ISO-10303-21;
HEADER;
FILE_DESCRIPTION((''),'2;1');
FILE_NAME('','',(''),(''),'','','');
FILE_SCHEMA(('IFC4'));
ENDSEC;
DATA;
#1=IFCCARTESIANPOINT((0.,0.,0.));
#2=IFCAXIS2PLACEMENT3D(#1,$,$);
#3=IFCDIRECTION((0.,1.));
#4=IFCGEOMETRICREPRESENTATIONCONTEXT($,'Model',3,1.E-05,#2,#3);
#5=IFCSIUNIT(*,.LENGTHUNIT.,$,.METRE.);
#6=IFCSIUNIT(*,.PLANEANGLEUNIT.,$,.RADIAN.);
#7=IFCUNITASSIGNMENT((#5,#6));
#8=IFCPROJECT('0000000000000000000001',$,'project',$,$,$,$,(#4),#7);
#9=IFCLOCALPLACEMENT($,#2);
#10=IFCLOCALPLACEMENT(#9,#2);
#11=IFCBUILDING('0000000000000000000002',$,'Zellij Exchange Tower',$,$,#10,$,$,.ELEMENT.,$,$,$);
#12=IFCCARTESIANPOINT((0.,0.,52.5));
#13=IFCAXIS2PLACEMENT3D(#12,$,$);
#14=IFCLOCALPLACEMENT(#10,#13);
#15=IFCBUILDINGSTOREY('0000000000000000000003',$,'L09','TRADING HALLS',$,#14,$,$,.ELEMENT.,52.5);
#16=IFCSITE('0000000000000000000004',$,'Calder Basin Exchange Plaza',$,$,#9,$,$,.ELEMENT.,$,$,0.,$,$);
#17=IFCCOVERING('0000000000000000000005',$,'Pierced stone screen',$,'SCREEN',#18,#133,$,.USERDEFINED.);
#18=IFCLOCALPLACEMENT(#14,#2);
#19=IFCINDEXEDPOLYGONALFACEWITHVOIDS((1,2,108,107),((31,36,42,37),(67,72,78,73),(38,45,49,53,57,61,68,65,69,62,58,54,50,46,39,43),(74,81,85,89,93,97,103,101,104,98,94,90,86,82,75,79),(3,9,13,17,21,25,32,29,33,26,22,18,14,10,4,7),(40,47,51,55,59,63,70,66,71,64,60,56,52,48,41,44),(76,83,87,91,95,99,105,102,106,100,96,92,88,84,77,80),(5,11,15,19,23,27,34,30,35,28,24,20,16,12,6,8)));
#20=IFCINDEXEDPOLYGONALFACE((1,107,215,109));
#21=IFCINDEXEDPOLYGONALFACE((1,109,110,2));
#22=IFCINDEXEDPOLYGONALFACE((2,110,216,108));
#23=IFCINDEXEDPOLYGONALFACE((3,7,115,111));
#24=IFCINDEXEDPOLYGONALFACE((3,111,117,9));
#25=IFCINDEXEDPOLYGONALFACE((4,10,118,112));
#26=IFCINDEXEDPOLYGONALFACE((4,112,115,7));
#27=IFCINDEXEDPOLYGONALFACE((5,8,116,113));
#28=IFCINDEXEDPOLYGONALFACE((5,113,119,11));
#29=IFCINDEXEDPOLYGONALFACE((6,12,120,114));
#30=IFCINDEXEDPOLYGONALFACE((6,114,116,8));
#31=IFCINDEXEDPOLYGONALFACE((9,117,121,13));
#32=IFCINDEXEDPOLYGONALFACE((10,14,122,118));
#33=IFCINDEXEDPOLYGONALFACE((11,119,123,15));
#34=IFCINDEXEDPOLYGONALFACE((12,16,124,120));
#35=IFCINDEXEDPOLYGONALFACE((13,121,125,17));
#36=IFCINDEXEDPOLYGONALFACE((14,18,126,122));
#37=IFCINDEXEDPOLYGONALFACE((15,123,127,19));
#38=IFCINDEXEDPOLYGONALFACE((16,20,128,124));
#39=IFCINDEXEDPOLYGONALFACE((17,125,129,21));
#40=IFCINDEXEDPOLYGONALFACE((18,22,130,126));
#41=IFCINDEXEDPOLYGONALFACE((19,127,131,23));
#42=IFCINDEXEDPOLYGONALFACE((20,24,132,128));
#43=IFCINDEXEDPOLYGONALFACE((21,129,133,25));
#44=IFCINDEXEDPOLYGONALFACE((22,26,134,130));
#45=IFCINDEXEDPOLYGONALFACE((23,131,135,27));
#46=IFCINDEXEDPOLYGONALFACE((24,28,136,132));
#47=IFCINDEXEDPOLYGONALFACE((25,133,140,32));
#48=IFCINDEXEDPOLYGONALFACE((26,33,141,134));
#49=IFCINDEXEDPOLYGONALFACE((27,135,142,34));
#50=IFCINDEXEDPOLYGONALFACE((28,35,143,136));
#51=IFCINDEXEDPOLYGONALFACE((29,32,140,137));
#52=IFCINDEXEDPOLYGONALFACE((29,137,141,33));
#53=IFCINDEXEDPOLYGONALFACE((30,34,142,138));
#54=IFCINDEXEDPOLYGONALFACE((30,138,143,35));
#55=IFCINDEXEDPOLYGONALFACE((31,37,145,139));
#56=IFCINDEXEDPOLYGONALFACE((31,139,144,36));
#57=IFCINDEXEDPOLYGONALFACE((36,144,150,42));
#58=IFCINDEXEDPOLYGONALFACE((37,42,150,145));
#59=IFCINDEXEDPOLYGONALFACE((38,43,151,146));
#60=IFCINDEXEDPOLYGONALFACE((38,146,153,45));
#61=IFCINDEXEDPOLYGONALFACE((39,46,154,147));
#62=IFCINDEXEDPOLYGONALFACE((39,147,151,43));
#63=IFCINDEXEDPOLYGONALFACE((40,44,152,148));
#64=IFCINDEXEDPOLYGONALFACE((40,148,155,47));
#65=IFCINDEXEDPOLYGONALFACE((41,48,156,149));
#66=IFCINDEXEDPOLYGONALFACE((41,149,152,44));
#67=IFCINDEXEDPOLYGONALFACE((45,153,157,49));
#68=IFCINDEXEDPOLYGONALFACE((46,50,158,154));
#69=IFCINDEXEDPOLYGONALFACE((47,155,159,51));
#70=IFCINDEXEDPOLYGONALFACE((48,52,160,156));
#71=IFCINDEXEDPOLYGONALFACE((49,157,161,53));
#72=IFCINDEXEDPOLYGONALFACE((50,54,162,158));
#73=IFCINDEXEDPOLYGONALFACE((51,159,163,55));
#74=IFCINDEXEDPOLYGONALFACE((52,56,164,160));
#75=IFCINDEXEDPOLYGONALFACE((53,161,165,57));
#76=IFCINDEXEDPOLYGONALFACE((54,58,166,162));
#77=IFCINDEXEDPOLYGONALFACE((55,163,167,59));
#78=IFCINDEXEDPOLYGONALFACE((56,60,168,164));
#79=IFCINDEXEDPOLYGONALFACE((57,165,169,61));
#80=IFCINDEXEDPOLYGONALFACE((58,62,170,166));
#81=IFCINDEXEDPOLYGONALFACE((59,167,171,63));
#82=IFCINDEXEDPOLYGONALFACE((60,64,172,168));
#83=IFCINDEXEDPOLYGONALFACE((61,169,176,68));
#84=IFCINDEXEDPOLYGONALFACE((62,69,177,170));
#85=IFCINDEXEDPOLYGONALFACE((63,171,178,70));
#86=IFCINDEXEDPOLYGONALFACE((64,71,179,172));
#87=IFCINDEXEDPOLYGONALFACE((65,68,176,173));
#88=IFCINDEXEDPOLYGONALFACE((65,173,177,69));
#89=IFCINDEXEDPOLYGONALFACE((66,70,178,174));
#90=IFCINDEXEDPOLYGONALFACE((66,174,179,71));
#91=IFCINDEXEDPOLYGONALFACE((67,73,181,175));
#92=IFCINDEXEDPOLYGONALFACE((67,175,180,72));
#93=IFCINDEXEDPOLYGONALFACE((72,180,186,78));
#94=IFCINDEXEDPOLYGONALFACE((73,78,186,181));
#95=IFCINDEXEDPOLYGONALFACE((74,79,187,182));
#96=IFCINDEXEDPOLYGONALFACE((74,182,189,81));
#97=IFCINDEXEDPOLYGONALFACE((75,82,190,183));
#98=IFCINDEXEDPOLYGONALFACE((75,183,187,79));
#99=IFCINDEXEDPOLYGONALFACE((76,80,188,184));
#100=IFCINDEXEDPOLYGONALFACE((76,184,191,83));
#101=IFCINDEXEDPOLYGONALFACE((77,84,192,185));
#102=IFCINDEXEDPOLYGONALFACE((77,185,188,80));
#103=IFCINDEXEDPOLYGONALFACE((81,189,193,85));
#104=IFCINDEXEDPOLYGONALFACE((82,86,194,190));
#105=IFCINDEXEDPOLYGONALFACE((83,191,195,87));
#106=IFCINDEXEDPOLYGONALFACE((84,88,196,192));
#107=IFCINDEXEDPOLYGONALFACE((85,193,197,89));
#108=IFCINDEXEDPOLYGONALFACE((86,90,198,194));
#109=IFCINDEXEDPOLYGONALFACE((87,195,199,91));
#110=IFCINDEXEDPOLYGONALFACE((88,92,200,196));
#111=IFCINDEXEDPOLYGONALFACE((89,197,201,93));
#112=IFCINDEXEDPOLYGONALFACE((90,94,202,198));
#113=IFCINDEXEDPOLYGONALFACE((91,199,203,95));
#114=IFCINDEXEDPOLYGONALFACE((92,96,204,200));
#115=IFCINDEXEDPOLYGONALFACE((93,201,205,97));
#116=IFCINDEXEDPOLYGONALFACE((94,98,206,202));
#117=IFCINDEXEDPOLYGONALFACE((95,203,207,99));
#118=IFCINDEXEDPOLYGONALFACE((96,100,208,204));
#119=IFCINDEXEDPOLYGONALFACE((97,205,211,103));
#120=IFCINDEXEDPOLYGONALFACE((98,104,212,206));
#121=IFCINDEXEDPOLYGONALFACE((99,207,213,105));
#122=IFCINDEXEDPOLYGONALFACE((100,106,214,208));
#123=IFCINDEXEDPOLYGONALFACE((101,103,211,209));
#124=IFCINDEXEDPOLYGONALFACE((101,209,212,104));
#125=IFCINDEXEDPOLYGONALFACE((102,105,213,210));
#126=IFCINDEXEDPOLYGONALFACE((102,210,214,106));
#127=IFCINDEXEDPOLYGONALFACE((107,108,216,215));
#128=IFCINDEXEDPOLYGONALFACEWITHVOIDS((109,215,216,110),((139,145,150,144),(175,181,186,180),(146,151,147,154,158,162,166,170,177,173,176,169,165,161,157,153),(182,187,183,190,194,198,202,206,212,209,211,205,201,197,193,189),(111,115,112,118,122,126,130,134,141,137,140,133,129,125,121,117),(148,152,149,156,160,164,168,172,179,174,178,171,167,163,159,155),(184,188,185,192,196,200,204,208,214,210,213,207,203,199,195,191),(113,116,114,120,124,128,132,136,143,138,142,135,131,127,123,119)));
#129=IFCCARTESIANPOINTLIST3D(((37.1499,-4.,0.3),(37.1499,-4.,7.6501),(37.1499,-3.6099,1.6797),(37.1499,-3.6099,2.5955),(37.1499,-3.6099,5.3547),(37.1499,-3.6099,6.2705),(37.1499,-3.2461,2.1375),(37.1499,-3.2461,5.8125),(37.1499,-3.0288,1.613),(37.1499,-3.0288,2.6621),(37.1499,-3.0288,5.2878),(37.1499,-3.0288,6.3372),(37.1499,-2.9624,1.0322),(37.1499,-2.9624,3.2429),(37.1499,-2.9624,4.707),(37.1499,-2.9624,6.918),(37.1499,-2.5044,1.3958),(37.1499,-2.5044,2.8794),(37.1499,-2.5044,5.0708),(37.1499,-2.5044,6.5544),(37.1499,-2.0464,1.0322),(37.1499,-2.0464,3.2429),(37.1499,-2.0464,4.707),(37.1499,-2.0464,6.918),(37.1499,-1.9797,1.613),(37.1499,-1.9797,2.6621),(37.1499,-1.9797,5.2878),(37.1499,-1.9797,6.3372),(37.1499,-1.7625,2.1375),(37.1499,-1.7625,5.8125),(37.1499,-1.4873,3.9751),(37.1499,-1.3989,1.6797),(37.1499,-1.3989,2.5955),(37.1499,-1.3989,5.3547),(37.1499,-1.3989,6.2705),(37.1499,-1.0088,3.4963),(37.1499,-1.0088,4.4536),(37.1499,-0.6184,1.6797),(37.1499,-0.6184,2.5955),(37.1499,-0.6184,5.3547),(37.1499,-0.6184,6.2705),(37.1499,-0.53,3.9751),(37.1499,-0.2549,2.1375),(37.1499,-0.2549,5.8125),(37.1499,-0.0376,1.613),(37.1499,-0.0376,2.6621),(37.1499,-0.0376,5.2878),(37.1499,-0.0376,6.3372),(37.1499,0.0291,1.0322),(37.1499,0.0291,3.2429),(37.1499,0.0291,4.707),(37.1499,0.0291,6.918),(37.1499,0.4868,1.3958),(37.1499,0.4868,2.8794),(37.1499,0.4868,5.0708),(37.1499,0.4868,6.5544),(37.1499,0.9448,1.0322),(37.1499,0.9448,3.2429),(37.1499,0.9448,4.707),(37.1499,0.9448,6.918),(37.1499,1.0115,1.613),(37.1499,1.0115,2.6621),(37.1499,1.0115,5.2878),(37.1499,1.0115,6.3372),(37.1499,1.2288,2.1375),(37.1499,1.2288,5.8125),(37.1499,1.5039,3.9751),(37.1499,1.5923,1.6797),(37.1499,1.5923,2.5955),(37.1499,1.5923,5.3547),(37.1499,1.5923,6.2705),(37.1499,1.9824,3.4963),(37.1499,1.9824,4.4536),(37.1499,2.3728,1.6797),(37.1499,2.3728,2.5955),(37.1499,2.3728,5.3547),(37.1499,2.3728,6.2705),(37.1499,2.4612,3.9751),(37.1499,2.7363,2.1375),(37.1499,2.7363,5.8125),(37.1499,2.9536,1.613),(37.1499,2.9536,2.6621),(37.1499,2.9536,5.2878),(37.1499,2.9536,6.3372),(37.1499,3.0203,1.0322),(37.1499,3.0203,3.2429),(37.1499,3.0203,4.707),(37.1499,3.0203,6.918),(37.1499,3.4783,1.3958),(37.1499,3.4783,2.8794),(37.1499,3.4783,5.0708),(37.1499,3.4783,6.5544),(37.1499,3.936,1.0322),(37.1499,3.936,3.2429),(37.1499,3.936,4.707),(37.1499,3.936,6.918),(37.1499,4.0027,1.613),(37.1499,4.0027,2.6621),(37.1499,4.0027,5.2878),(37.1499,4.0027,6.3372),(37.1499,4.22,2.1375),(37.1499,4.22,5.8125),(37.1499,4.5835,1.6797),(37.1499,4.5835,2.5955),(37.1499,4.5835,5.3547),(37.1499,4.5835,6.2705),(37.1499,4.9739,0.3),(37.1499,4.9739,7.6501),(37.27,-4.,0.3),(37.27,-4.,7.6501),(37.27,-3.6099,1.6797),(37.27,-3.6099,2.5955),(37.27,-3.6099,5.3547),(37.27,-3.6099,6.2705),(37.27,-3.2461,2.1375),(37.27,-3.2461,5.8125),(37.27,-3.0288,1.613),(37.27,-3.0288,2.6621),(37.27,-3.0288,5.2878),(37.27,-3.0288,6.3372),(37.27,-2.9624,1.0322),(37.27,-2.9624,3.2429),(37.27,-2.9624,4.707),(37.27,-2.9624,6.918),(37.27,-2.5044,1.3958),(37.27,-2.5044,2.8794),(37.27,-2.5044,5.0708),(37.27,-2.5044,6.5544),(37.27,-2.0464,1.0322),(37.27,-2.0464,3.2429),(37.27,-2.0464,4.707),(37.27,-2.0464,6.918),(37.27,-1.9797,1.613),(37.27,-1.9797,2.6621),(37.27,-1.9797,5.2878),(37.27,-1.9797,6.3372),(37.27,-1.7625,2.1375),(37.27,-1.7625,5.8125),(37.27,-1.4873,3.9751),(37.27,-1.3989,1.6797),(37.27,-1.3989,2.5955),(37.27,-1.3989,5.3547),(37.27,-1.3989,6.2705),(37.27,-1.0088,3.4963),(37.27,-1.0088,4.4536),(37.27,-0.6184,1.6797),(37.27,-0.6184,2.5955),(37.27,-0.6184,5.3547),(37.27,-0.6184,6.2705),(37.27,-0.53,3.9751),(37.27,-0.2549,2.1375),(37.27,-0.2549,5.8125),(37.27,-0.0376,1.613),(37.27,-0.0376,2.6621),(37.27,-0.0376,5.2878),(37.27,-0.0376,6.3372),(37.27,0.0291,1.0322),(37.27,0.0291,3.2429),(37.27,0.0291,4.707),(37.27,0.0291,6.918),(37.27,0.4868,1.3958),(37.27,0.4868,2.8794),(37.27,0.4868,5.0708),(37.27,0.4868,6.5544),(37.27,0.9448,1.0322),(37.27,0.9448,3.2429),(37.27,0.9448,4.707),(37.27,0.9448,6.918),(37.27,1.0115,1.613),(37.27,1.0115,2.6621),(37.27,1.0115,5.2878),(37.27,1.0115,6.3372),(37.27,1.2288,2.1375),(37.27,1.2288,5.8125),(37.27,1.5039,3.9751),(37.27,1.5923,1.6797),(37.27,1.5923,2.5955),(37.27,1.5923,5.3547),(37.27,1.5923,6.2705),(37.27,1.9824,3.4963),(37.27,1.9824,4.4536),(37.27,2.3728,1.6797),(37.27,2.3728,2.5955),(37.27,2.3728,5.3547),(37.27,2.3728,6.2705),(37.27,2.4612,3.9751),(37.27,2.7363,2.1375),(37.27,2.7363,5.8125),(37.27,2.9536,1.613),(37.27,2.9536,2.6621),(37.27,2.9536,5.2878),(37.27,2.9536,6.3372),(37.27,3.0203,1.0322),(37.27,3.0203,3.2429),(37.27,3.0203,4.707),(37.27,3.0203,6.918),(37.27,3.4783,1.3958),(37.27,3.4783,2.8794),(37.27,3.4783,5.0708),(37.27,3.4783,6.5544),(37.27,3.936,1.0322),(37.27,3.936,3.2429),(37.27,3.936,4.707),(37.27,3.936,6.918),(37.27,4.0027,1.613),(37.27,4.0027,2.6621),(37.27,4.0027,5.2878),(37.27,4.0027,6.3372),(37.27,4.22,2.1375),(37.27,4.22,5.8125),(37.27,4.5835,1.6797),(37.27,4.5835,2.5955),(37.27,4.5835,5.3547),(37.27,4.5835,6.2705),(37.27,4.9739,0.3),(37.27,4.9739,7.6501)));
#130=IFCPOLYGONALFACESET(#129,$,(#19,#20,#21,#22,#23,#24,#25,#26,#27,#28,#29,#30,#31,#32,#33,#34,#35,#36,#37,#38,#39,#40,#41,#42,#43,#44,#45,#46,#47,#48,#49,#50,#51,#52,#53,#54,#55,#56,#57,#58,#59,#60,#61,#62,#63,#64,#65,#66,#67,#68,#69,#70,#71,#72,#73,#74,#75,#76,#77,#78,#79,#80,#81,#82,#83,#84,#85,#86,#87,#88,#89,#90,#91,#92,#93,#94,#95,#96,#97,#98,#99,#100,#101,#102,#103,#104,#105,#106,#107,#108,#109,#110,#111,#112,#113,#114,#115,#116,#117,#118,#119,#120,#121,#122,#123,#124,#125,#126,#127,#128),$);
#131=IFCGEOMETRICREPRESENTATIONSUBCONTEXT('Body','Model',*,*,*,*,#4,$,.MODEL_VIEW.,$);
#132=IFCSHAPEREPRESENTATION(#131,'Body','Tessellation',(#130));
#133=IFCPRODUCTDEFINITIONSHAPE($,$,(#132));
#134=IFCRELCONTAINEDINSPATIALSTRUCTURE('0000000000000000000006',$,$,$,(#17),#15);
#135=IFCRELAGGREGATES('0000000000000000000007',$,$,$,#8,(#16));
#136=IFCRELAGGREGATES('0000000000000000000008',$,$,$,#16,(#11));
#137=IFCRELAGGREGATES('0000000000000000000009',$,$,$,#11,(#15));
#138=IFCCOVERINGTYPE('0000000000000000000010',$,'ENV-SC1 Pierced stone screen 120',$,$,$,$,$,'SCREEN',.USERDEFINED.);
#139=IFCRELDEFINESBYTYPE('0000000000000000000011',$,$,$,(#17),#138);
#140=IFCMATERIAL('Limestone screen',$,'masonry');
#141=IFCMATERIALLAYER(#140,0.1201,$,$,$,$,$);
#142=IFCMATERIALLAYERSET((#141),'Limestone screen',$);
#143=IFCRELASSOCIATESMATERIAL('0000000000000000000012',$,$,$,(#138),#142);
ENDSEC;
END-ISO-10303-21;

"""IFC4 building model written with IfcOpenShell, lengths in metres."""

from ifc_helpers import new_model, si_unit, direction, frame, origin, place, context, subcontext, project, spatial, polyline, outline, extrude, material, layer, layer_set, type_object, element, save


model = new_model("IFC4")

# Units and contexts
model_context = context("Model", 3, precision=1e-05, world=origin(), true_north=direction((0.0, 1.0)))
body_context = subcontext(model_context, "Body", "Model", "MODEL_VIEW")
ifc_project = project(units=[si_unit("LENGTHUNIT", "METRE"), si_unit("PLANEANGLEUNIT", "RADIAN")], contexts=[model_context])

# Site, building, storey
site_placement = place(None, origin())
site = spatial("IfcSite", under=ifc_project, at=site_placement, Name="Calder Basin Exchange Plaza", CompositionType="ELEMENT", RefElevation=0.0)
building_placement = place(site_placement, origin())
building = spatial("IfcBuilding", under=site, at=building_placement, Name="Zellij Exchange Tower", CompositionType="ELEMENT")
storey_placement = place(building_placement, frame((0.0, 0.0, 52.5)))
storey = spatial("IfcBuildingStorey", under=building, at=storey_placement, Name="L09", Description="TRADING HALLS", CompositionType="ELEMENT", Elevation=52.5)

# Covering
ifc_material_1 = material(Name="Limestone screen", Category="masonry")
ifc_layer_1 = layer(ifc_material_1, 0.1201)
ifc_layer_set_1 = layer_set([ifc_layer_1], Name="Limestone screen")
covering_type = type_object("IfcCoveringType", Name="ENV-SC1 Pierced stone screen 120", ElementType="SCREEN", PredefinedType="USERDEFINED", material=ifc_layer_set_1)
covering_1_placement = place(storey_placement, frame((37.21, -4.0, 0.3), z_axis=(0.0, 0.0, 1.0), x_axis=(0.0, 1.0, 0.0)))
element("IfcCovering", 1, at=covering_1_placement, inside=storey, type_object=covering_type, Name="Pierced stone screen", ObjectType="SCREEN", PredefinedType="USERDEFINED", context=body_context, shape_type="SweptSolid", body=[
    extrude(outline(polyline([(0.0, 0.0), (8.9739, 0.0), (8.9739, 7.3501), (0.0, 7.3501), (0.0, 0.0)]), holes=[polyline([(2.6011, 2.2954), (2.0203, 2.3621), (1.9536, 2.9429), (1.4956, 2.5793), (1.0376, 2.9429), (0.9712, 2.3621), (0.3901, 2.2954), (0.7539, 1.8374), (0.3901, 1.3796), (0.9712, 1.313), (1.0376, 0.7322), (1.4956, 1.0957), (1.9536, 0.7322), (2.0203, 1.313), (2.6011, 1.3796), (2.2375, 1.8374), (2.6011, 2.2954)]), polyline([(2.6011, 5.9705), (2.0203, 6.0371), (1.9536, 6.6179), (1.4956, 6.2544), (1.0376, 6.6179), (0.9712, 6.0371), (0.3901, 5.9705), (0.7539, 5.5125), (0.3901, 5.0547), (0.9712, 4.9878), (1.0376, 4.407), (1.4956, 4.7708), (1.9536, 4.407), (2.0203, 4.9878), (2.6011, 5.0547), (2.2375, 5.5125), (2.6011, 5.9705)]), polyline([(5.5923, 2.2954), (5.0115, 2.3621), (4.9448, 2.9429), (4.4868, 2.5793), (4.0291, 2.9429), (3.9624, 2.3621), (3.3816, 2.2954), (3.7451, 1.8374), (3.3816, 1.3796), (3.9624, 1.313), (4.0291, 0.7322), (4.4868, 1.0957), (4.9448, 0.7322), (5.0115, 1.313), (5.5923, 1.3796), (5.2288, 1.8374), (5.5923, 2.2954)]), polyline([(5.5923, 5.9705), (5.0115, 6.0371), (4.9448, 6.6179), (4.4868, 6.2544), (4.0291, 6.6179), (3.9624, 6.0371), (3.3816, 5.9705), (3.7451, 5.5125), (3.3816, 5.0547), (3.9624, 4.9878), (4.0291, 4.407), (4.4868, 4.7708), (4.9448, 4.407), (5.0115, 4.9878), (5.5923, 5.0547), (5.2288, 5.5125), (5.5923, 5.9705)]), polyline([(8.5835, 2.2954), (8.0027, 2.3621), (7.936, 2.9429), (7.4783, 2.5793), (7.0203, 2.9429), (6.9536, 2.3621), (6.3728, 2.2954), (6.7363, 1.8374), (6.3728, 1.3796), (6.9536, 1.313), (7.0203, 0.7322), (7.4783, 1.0957), (7.936, 0.7322), (8.0027, 1.313), (8.5835, 1.3796), (8.22, 1.8374), (8.5835, 2.2954)]), polyline([(8.5835, 5.9705), (8.0027, 6.0371), (7.936, 6.6179), (7.4783, 6.2544), (7.0203, 6.6179), (6.9536, 6.0371), (6.3728, 5.9705), (6.7363, 5.5125), (6.3728, 5.0547), (6.9536, 4.9878), (7.0203, 4.407), (7.4783, 4.7708), (7.936, 4.407), (8.0027, 4.9878), (8.5835, 5.0547), (8.22, 5.5125), (8.5835, 5.9705)]), polyline([(3.47, 3.675), (2.9912, 4.1536), (2.5127, 3.675), (2.9912, 3.1963), (3.47, 3.675)]), polyline([(6.4612, 3.675), (5.9824, 4.1536), (5.5039, 3.675), (5.9824, 3.1963), (6.4612, 3.675)])]), frame((0.0, 0.0601, 0.0), z_axis=(0.0, -1.0, 0.0), x_axis=(1.0, 0.0, 0.0)), (0.0, 0.0, 1.0), 0.1201),
])

save(model, "model.ifc")
